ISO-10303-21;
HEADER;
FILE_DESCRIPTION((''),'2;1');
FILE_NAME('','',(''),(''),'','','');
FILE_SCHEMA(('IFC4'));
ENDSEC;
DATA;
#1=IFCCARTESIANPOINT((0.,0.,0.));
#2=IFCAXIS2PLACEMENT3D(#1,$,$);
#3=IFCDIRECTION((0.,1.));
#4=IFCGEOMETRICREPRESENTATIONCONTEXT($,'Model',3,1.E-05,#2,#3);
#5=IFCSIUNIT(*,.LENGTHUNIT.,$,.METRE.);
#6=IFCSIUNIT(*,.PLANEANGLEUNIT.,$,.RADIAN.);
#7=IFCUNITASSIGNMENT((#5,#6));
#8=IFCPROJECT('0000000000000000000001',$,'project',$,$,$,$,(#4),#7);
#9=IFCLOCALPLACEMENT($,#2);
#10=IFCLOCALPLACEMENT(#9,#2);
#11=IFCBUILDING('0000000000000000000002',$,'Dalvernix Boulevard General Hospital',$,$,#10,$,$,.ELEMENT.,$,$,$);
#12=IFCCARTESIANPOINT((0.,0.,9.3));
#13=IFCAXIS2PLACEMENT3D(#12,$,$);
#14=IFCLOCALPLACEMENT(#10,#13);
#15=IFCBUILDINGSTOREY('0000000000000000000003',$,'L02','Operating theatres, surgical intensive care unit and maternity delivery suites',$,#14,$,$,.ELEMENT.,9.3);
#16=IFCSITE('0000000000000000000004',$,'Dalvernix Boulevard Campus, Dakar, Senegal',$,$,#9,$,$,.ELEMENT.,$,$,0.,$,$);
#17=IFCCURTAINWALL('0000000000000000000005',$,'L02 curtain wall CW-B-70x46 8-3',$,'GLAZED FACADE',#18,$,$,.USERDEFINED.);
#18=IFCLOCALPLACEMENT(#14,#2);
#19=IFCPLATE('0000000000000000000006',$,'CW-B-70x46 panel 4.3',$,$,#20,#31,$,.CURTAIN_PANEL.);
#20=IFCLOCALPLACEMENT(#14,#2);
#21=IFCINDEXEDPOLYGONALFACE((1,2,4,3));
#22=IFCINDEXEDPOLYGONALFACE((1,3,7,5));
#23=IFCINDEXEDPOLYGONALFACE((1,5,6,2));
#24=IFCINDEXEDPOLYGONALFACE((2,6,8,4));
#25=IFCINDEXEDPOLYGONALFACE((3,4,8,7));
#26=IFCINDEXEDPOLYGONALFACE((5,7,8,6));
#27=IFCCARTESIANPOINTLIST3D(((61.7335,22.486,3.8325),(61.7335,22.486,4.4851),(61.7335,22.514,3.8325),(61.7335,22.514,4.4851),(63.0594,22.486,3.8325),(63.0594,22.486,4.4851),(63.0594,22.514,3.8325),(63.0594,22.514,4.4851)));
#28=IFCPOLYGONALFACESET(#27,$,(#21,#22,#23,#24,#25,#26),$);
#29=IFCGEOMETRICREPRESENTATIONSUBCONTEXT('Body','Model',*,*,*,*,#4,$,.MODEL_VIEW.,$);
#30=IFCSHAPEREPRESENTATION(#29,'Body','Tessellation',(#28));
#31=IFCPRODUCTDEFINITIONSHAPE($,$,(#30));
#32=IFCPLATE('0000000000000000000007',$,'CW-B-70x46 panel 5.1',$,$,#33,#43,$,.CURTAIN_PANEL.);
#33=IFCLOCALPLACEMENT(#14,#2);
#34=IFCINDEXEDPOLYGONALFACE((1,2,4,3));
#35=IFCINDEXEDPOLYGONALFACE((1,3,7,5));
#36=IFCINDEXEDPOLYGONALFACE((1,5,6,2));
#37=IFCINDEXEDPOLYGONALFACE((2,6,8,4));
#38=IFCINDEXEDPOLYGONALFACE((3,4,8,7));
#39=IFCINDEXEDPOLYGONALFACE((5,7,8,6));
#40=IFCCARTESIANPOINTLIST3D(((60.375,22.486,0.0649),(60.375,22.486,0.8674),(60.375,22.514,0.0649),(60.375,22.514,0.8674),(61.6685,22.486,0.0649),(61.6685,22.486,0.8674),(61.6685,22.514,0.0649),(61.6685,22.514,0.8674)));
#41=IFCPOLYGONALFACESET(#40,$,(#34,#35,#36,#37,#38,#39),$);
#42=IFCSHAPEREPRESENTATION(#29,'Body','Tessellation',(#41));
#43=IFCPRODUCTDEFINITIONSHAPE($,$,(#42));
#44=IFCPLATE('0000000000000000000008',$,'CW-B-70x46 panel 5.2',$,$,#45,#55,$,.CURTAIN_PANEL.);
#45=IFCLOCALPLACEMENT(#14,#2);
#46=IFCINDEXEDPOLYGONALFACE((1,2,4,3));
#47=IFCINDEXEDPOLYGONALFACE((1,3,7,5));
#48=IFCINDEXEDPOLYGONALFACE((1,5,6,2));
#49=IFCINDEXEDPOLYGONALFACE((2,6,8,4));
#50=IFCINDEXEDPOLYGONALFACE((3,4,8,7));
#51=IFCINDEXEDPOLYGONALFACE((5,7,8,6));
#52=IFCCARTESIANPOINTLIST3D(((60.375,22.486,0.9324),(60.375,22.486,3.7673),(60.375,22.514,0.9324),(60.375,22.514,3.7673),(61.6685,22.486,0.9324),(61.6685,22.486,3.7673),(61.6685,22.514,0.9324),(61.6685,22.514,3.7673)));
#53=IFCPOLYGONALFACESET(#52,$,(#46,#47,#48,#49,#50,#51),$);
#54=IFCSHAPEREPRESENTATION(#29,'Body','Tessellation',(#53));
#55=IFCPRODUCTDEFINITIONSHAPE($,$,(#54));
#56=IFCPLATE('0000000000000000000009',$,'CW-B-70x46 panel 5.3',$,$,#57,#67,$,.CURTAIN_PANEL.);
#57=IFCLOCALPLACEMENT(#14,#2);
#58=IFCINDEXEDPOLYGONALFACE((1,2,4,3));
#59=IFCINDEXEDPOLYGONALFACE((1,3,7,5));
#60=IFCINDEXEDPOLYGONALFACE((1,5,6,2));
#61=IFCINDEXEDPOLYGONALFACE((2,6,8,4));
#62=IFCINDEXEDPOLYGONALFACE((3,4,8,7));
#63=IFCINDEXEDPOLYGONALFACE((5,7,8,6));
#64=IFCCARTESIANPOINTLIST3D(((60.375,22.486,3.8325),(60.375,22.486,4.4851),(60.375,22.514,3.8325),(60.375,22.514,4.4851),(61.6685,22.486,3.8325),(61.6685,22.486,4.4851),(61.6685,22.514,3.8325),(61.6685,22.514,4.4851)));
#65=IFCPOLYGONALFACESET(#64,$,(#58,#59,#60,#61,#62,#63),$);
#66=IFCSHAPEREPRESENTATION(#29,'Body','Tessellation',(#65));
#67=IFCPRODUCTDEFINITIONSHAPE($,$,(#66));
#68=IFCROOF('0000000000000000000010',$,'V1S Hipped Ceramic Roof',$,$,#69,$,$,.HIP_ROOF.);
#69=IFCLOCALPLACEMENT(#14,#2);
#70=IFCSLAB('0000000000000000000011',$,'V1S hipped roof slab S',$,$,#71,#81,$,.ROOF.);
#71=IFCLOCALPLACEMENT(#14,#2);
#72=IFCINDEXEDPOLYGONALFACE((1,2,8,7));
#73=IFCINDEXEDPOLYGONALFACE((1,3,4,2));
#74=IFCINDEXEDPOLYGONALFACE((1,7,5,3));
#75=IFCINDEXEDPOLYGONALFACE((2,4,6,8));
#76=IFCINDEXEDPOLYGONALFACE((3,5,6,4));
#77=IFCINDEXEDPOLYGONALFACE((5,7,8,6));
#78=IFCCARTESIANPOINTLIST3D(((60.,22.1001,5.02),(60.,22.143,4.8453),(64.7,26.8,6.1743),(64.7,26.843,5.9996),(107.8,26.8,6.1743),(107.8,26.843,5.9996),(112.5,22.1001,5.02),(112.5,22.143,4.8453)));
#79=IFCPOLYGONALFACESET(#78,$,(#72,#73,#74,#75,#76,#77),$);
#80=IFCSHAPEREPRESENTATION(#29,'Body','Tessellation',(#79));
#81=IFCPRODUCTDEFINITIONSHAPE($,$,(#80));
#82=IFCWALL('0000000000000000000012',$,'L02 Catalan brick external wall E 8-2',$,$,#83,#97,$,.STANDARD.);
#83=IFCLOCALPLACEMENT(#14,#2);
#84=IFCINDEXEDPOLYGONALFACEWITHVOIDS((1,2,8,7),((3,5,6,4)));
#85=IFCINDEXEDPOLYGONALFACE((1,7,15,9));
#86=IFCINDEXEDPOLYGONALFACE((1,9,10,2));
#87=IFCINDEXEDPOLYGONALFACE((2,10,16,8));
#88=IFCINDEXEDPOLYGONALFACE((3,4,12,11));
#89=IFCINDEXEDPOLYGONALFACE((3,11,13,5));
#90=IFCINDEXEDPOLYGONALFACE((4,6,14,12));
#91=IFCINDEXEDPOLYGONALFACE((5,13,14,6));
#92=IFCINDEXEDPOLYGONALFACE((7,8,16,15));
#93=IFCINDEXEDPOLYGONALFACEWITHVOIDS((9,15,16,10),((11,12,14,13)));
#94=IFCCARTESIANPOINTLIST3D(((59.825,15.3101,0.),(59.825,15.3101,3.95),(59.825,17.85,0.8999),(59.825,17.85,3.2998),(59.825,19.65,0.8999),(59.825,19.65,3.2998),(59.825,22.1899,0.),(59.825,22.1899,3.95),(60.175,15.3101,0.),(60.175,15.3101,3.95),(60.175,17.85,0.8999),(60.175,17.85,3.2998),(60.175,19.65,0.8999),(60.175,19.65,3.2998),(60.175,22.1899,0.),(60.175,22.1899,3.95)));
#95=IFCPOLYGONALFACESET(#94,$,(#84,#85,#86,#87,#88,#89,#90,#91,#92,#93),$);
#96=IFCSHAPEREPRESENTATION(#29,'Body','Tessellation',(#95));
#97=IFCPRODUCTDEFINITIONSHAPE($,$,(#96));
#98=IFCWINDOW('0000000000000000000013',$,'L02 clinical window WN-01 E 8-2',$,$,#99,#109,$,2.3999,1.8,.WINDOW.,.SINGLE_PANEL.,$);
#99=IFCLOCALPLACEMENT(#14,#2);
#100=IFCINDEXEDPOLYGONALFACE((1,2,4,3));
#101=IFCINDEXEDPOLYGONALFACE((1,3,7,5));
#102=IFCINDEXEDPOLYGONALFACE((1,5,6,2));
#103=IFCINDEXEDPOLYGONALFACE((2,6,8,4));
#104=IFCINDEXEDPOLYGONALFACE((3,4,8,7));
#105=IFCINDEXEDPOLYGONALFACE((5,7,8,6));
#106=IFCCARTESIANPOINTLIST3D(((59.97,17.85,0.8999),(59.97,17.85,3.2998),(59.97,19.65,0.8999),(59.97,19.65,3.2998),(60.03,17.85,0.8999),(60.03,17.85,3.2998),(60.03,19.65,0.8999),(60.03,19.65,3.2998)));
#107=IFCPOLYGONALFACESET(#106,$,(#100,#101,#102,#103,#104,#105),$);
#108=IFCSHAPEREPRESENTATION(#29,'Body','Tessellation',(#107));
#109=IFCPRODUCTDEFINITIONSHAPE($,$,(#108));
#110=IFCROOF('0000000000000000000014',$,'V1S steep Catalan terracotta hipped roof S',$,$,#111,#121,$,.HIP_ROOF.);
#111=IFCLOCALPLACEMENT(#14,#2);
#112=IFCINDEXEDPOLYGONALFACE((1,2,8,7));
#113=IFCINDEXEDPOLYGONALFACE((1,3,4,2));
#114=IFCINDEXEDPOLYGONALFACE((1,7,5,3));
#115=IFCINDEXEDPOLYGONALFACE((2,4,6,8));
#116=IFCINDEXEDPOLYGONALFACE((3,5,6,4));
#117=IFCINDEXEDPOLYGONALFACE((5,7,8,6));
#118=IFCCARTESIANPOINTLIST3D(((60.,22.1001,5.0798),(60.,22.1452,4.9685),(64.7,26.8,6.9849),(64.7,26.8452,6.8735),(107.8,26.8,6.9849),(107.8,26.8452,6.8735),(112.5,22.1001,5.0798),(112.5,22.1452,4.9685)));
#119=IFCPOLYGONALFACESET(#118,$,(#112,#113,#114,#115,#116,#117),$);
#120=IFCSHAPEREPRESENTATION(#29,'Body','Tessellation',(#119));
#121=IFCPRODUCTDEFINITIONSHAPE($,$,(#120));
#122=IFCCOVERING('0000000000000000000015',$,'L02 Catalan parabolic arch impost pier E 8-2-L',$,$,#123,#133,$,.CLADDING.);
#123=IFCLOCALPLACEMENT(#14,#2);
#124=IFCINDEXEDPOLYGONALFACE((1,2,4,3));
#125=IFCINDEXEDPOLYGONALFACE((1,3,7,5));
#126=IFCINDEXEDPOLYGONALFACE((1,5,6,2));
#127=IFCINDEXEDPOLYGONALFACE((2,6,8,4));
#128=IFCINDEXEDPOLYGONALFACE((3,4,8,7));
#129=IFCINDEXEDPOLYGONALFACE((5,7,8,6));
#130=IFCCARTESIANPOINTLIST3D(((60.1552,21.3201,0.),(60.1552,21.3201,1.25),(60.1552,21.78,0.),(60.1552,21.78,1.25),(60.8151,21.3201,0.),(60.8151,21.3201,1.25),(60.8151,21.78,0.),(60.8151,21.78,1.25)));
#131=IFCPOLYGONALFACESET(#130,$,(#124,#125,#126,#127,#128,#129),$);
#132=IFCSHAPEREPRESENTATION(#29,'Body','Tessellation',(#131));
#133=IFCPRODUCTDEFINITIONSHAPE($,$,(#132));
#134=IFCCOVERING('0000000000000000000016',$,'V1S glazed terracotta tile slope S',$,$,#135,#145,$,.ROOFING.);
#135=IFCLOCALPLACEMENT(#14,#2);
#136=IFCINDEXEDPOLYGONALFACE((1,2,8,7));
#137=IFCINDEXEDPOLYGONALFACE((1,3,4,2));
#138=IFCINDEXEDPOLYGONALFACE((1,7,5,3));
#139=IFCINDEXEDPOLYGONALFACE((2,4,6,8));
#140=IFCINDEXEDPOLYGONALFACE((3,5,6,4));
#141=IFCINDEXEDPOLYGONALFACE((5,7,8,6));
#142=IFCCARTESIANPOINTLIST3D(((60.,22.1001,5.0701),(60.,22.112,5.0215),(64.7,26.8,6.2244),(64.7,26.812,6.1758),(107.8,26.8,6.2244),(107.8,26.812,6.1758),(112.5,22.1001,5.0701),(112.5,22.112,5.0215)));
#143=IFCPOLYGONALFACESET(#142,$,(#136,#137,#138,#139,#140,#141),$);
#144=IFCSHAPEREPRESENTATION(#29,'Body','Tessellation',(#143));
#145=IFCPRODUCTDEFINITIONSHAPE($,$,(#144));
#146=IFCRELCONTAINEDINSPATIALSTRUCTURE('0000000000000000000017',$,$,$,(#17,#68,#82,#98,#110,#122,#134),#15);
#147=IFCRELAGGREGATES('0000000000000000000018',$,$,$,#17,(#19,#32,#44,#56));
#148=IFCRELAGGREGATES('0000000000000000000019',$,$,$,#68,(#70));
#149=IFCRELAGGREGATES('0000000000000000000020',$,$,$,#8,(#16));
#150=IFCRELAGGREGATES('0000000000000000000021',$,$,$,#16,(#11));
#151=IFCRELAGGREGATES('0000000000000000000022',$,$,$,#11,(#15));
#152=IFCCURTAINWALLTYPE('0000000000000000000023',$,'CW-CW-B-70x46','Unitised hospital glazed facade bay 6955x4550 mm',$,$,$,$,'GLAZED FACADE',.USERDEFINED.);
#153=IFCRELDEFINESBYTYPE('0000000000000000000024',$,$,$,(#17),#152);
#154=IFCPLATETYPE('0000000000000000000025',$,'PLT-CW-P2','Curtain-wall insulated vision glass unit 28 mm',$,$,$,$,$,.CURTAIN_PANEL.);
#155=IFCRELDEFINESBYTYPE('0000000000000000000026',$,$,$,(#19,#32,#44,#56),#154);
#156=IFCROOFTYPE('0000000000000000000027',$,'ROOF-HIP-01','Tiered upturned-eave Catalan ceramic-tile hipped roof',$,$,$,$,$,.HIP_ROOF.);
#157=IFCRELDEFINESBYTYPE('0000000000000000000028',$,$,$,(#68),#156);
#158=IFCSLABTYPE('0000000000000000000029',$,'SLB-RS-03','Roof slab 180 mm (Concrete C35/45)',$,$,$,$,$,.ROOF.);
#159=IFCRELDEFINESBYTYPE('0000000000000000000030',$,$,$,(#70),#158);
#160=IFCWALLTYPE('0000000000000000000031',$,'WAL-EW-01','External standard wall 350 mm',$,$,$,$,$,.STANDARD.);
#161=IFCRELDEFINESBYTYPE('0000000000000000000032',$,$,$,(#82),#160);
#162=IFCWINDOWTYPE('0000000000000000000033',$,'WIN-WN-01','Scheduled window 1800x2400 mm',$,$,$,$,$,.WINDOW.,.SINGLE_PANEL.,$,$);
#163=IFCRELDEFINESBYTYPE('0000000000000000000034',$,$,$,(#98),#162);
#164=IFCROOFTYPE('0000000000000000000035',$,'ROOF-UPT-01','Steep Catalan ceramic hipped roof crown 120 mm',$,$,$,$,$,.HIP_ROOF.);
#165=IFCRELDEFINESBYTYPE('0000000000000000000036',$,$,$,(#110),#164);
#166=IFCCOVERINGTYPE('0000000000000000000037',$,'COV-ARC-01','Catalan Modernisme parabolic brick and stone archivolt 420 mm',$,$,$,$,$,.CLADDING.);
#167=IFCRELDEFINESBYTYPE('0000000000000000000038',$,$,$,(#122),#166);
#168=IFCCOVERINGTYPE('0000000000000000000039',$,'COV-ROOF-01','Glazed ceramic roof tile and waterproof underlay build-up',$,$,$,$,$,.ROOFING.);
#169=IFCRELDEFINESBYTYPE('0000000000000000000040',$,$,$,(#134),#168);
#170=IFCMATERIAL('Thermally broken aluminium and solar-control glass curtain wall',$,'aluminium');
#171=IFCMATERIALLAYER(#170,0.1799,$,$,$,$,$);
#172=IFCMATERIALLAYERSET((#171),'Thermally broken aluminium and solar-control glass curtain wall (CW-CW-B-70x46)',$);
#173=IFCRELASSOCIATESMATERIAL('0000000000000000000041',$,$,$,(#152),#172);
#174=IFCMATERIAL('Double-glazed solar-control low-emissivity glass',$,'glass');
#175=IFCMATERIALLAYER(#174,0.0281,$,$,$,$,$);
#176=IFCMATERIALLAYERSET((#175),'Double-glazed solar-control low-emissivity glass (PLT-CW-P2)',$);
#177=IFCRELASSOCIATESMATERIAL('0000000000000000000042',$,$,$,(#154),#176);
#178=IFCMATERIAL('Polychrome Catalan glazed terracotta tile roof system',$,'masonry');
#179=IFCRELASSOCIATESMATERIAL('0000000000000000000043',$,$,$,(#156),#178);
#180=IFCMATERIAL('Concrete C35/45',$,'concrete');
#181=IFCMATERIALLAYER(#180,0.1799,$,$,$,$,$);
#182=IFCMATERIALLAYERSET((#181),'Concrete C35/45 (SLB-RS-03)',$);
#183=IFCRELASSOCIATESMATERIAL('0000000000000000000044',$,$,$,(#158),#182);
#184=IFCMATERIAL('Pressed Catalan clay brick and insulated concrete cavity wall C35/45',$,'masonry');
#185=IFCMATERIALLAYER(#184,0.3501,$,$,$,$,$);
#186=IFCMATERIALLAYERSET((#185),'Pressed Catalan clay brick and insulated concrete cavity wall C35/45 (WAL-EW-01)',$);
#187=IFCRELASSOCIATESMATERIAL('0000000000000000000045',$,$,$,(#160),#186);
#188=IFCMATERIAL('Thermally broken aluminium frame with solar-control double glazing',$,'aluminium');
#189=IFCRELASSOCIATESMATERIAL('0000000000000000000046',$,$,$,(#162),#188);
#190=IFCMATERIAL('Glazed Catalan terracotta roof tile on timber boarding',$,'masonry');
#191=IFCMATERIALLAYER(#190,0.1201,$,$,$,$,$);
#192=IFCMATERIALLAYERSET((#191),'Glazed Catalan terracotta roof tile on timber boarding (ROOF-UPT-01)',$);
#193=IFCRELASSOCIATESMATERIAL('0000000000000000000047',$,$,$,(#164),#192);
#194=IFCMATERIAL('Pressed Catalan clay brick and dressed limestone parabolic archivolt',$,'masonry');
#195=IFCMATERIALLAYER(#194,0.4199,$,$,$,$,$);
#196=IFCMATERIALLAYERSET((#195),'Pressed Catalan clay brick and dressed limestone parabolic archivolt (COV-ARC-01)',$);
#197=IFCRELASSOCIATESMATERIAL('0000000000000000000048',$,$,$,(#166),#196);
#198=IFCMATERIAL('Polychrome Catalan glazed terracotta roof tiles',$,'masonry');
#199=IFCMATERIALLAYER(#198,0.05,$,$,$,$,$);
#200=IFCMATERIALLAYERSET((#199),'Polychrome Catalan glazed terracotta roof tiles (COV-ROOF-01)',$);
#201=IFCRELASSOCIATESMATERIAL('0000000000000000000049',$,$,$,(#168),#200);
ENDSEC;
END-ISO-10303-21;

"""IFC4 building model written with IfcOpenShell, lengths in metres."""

from ifc_helpers import new_model, si_unit, direction, frame, frame_2d, origin, origin_2d, place, context, subcontext, project, spatial, polyline, rectangle, outline, extrude, material, layer, layer_set, type_object, element, fill, aggregate, save


model = new_model("IFC4")

# Units and contexts
model_context = context("Model", 3, precision=1e-05, world=origin(), true_north=direction((0.0, 1.0)))
body_context = subcontext(model_context, "Body", "Model", "MODEL_VIEW")
ifc_project = project(units=[si_unit("LENGTHUNIT", "METRE"), si_unit("PLANEANGLEUNIT", "RADIAN")], contexts=[model_context])

# Site, building, storey
site_placement = place(None, origin())
site = spatial("IfcSite", under=ifc_project, at=site_placement, Name="Dalvernix Boulevard Campus, Dakar, Senegal", CompositionType="ELEMENT", RefElevation=0.0)
building_placement = place(site_placement, origin())
building = spatial("IfcBuilding", under=site, at=building_placement, Name="Dalvernix Boulevard General Hospital", CompositionType="ELEMENT")
storey_placement = place(building_placement, frame((0.0, 0.0, 9.3)))
storey = spatial("IfcBuildingStorey", under=building, at=storey_placement, Name="L02", Description="Operating theatres, surgical intensive care unit and maternity delivery suites", CompositionType="ELEMENT", Elevation=9.3)

# Shared definitions
ifc_material_1 = material(Name="Concrete C35/45", Category="concrete")

# Curtain wall, plates
ifc_material_2 = material(Name="Thermally broken aluminium and solar-control glass curtain wall", Category="aluminium")
ifc_layer_1 = layer(ifc_material_2, 0.1799)
ifc_layer_set_1 = layer_set([ifc_layer_1], Name="Thermally broken aluminium and solar-control glass curtain wall (CW-CW-B-70x46)")
curtain_wall_type = type_object("IfcCurtainWallType", Name="CW-CW-B-70x46", Description="Unitised hospital glazed facade bay 6955x4550 mm", ElementType="GLAZED FACADE", PredefinedType="USERDEFINED", material=ifc_layer_set_1)
curtain_wall_placement = place(storey_placement, origin())
curtain_wall = element("IfcCurtainWall", 1, at=curtain_wall_placement, inside=storey, type_object=curtain_wall_type, Name="L02 curtain wall CW-B-70x46 8-3", ObjectType="GLAZED FACADE", PredefinedType="USERDEFINED")
ifc_material_3 = material(Name="Double-glazed solar-control low-emissivity glass", Category="glass")
ifc_layer_2 = layer(ifc_material_3, 0.0281)
ifc_layer_set_2 = layer_set([ifc_layer_2], Name="Double-glazed solar-control low-emissivity glass (PLT-CW-P2)")
plate_type = type_object("IfcPlateType", Name="PLT-CW-P2", Description="Curtain-wall insulated vision glass unit 28 mm", PredefinedType="CURTAIN_PANEL", material=ifc_layer_set_2)
plate_1_placement = place(storey_placement, frame((62.3965, 22.5, 3.8325), z_axis=(0.0, 0.0, 1.0), x_axis=(-1.0, 0.0, 0.0)))
plate_1 = element("IfcPlate", 2, at=plate_1_placement, type_object=plate_type, Name="CW-B-70x46 panel 4.3", PredefinedType="CURTAIN_PANEL", context=body_context, shape_type="SweptSolid", body=[
    extrude(rectangle(XDim=1.3259, YDim=0.0281, at=origin_2d()), origin(), (0.0, 0.0, 1.0), 0.6526),
])
plate_2_placement = place(storey_placement, frame((61.0217, 22.5, 0.0649), z_axis=(0.0, 0.0, 1.0), x_axis=(-1.0, 0.0, 0.0)))
plate_2 = element("IfcPlate", 3, at=plate_2_placement, type_object=plate_type, Name="CW-B-70x46 panel 5.1", PredefinedType="CURTAIN_PANEL", context=body_context, shape_type="SweptSolid", body=[
    extrude(rectangle(XDim=1.2935, YDim=0.0281, at=origin_2d()), origin(), (0.0, 0.0, 1.0), 0.8025),
])
plate_3_placement = place(storey_placement, frame((61.0217, 22.5, 0.9324), z_axis=(0.0, 0.0, 1.0), x_axis=(-1.0, 0.0, 0.0)))
plate_3 = element("IfcPlate", 4, at=plate_3_placement, type_object=plate_type, Name="CW-B-70x46 panel 5.2", PredefinedType="CURTAIN_PANEL", context=body_context, shape_type="SweptSolid", body=[
    extrude(rectangle(XDim=1.2935, YDim=0.0281, at=origin_2d()), origin(), (0.0, 0.0, 1.0), 2.835),
])
plate_4_placement = place(storey_placement, frame((61.0217, 22.5, 3.8325), z_axis=(0.0, 0.0, 1.0), x_axis=(-1.0, 0.0, 0.0)))
plate_4 = element("IfcPlate", 5, at=plate_4_placement, type_object=plate_type, Name="CW-B-70x46 panel 5.3", PredefinedType="CURTAIN_PANEL", context=body_context, shape_type="SweptSolid", body=[
    extrude(rectangle(XDim=1.2935, YDim=0.0281, at=origin_2d()), origin(), (0.0, 0.0, 1.0), 0.6526),
])
aggregate(curtain_wall, [plate_1, plate_2, plate_3, plate_4])

# Roof, slab
ifc_material_4 = material(Name="Polychrome Catalan glazed terracotta tile roof system", Category="masonry")
roof_type_1 = type_object("IfcRoofType", Name="ROOF-HIP-01", Description="Tiered upturned-eave Catalan ceramic-tile hipped roof", PredefinedType="HIP_ROOF", material=ifc_material_4)
roof_1_placement = place(storey_placement, origin())
roof_1 = element("IfcRoof", 6, at=roof_1_placement, inside=storey, type_object=roof_type_1, Name="V1S Hipped Ceramic Roof", PredefinedType="HIP_ROOF")
ifc_layer_3 = layer(ifc_material_1, 0.1799)
ifc_layer_set_3 = layer_set([ifc_layer_3], Name="Concrete C35/45 (SLB-RS-03)")
slab_type = type_object("IfcSlabType", Name="SLB-RS-03", Description="Roof slab 180 mm (Concrete C35/45)", PredefinedType="ROOF", material=ifc_layer_set_3)
slab_placement = place(storey_placement, frame((60.0, 22.1001, 5.02), z_axis=(0.0, -0.23851, 0.97114), x_axis=(1.0, 0.0, 0.0)))
slab = element("IfcSlab", 7, at=slab_placement, type_object=slab_type, Name="V1S hipped roof slab S", PredefinedType="ROOF", context=body_context, shape_type="SweptSolid", body=[
    extrude(outline(polyline([(0.0, 0.0), (52.5, 0.0), (47.8, 4.8396), (4.7, 4.8396), (0.0, 0.0)])), origin(), (0.0, 0.0, -1.0), 0.1799),
])
aggregate(roof_1, [slab])

# Wall, opening, window
ifc_material_5 = material(Name="Pressed Catalan clay brick and insulated concrete cavity wall C35/45", Category="masonry")
ifc_layer_4 = layer(ifc_material_5, 0.3501)
ifc_layer_set_4 = layer_set([ifc_layer_4], Name="Pressed Catalan clay brick and insulated concrete cavity wall C35/45 (WAL-EW-01)")
wall_type = type_object("IfcWallType", Name="WAL-EW-01", Description="External standard wall 350 mm", PredefinedType="STANDARD", material=ifc_layer_set_4)
wall_placement = place(storey_placement, frame((60.0, 22.1899, 0.0), z_axis=(0.0, 0.0, 1.0), x_axis=(0.0, -1.0, 0.0)))
wall = element("IfcWall", 8, at=wall_placement, inside=storey, type_object=wall_type, Name="L02 Catalan brick external wall E 8-2", PredefinedType="STANDARD", context=body_context, shape_type="SweptSolid", body=[
    extrude(rectangle(XDim=6.8799, YDim=0.3501, at=frame_2d((3.4399, 0.0))), origin(), (0.0, 0.0, 1.0), 3.95),
])
opening_placement = place(wall_placement, frame((2.54, 0.0, 0.8999)))
opening = element("IfcOpeningElement", 9, at=opening_placement, cuts=wall, PredefinedType="OPENING", context=body_context, shape_type="SweptSolid", body=[
    extrude(rectangle(XDim=1.8, YDim=2.3999, at=frame_2d((0.8999, 1.2))), frame((0.0, 0.1851, 0.0), z_axis=(0.0, -1.0, 0.0), x_axis=(1.0, 0.0, 0.0)), (0.0, 0.0, 1.0), 0.3701),
])
ifc_material_6 = material(Name="Thermally broken aluminium frame with solar-control double glazing", Category="aluminium")
window_type = type_object("IfcWindowType", Name="WIN-WN-01", Description="Scheduled window 1800x2400 mm", PartitioningType="SINGLE_PANEL", PredefinedType="WINDOW", material=ifc_material_6)
window_placement = place(opening_placement, origin())
window = element("IfcWindow", 10, at=window_placement, inside=storey, type_object=window_type, Name="L02 clinical window WN-01 E 8-2", OverallHeight=2.3999, OverallWidth=1.8, PartitioningType="SINGLE_PANEL", PredefinedType="WINDOW", context=body_context, shape_type="SweptSolid", body=[
    extrude(rectangle(XDim=1.8, YDim=2.3999, at=frame_2d((0.8999, 1.2))), frame((0.0, 0.03, 0.0), z_axis=(0.0, -1.0, 0.0), x_axis=(1.0, 0.0, 0.0)), (0.0, 0.0, 1.0), 0.0601),
])
fill(opening, window)

# Roof
ifc_material_7 = material(Name="Glazed Catalan terracotta roof tile on timber boarding", Category="masonry")
ifc_layer_5 = layer(ifc_material_7, 0.1201)
ifc_layer_set_5 = layer_set([ifc_layer_5], Name="Glazed Catalan terracotta roof tile on timber boarding (ROOF-UPT-01)")
roof_type_2 = type_object("IfcRoofType", Name="ROOF-UPT-01", Description="Steep Catalan ceramic hipped roof crown 120 mm", PredefinedType="HIP_ROOF", material=ifc_layer_set_5)
roof_2_placement = place(storey_placement, frame((60.0, 22.1001, 5.0798), z_axis=(0.0, -0.375645, 0.926764), x_axis=(1.0, 0.0, 0.0)))
element("IfcRoof", 11, at=roof_2_placement, inside=storey, type_object=roof_type_2, Name="V1S steep Catalan terracotta hipped roof S", PredefinedType="HIP_ROOF", context=body_context, shape_type="SweptSolid", body=[
    extrude(outline(polyline([(0.0, 0.0), (52.5, 0.0), (47.8, 5.0714), (4.7, 5.0714), (0.0, 0.0)])), origin(), (0.0, 0.0, -1.0), 0.1201),
])

# Coverings
ifc_material_8 = material(Name="Pressed Catalan clay brick and dressed limestone parabolic archivolt", Category="masonry")
ifc_layer_6 = layer(ifc_material_8, 0.4199)
ifc_layer_set_6 = layer_set([ifc_layer_6], Name="Pressed Catalan clay brick and dressed limestone parabolic archivolt (COV-ARC-01)")
covering_type_1 = type_object("IfcCoveringType", Name="COV-ARC-01", Description="Catalan Modernisme parabolic brick and stone archivolt 420 mm", PredefinedType="CLADDING", material=ifc_layer_set_6)
covering_1_placement = place(storey_placement, frame((60.4851, 21.55, 0.0), z_axis=(0.0, 0.0, 1.0), x_axis=(0.0, -1.0, 0.0)))
element("IfcCovering", 12, at=covering_1_placement, inside=storey, type_object=covering_type_1, Name="L02 Catalan parabolic arch impost pier E 8-2-L", PredefinedType="CLADDING", context=body_context, shape_type="SweptSolid", body=[
    extrude(rectangle(XDim=0.46, YDim=0.6599, at=origin_2d()), origin(), (0.0, 0.0, 1.0), 1.25),
])
ifc_material_9 = material(Name="Polychrome Catalan glazed terracotta roof tiles", Category="masonry")
ifc_layer_7 = layer(ifc_material_9, 0.05)
ifc_layer_set_7 = layer_set([ifc_layer_7], Name="Polychrome Catalan glazed terracotta roof tiles (COV-ROOF-01)")
covering_type_2 = type_object("IfcCoveringType", Name="COV-ROOF-01", Description="Glazed ceramic roof tile and waterproof underlay build-up", PredefinedType="ROOFING", material=ifc_layer_set_7)
covering_2_placement = place(storey_placement, frame((60.0, 22.1001, 5.0701), z_axis=(0.0, -0.23851, 0.97114), x_axis=(1.0, 0.0, 0.0)))
element("IfcCovering", 13, at=covering_2_placement, inside=storey, type_object=covering_type_2, Name="V1S glazed terracotta tile slope S", PredefinedType="ROOFING", context=body_context, shape_type="SweptSolid", body=[
    extrude(outline(polyline([(0.0, 0.0), (52.5, 0.0), (47.8, 4.8396), (4.7, 4.8396), (0.0, 0.0)])), origin(), (0.0, 0.0, -1.0), 0.05),
])

save(model, "model.ifc")
